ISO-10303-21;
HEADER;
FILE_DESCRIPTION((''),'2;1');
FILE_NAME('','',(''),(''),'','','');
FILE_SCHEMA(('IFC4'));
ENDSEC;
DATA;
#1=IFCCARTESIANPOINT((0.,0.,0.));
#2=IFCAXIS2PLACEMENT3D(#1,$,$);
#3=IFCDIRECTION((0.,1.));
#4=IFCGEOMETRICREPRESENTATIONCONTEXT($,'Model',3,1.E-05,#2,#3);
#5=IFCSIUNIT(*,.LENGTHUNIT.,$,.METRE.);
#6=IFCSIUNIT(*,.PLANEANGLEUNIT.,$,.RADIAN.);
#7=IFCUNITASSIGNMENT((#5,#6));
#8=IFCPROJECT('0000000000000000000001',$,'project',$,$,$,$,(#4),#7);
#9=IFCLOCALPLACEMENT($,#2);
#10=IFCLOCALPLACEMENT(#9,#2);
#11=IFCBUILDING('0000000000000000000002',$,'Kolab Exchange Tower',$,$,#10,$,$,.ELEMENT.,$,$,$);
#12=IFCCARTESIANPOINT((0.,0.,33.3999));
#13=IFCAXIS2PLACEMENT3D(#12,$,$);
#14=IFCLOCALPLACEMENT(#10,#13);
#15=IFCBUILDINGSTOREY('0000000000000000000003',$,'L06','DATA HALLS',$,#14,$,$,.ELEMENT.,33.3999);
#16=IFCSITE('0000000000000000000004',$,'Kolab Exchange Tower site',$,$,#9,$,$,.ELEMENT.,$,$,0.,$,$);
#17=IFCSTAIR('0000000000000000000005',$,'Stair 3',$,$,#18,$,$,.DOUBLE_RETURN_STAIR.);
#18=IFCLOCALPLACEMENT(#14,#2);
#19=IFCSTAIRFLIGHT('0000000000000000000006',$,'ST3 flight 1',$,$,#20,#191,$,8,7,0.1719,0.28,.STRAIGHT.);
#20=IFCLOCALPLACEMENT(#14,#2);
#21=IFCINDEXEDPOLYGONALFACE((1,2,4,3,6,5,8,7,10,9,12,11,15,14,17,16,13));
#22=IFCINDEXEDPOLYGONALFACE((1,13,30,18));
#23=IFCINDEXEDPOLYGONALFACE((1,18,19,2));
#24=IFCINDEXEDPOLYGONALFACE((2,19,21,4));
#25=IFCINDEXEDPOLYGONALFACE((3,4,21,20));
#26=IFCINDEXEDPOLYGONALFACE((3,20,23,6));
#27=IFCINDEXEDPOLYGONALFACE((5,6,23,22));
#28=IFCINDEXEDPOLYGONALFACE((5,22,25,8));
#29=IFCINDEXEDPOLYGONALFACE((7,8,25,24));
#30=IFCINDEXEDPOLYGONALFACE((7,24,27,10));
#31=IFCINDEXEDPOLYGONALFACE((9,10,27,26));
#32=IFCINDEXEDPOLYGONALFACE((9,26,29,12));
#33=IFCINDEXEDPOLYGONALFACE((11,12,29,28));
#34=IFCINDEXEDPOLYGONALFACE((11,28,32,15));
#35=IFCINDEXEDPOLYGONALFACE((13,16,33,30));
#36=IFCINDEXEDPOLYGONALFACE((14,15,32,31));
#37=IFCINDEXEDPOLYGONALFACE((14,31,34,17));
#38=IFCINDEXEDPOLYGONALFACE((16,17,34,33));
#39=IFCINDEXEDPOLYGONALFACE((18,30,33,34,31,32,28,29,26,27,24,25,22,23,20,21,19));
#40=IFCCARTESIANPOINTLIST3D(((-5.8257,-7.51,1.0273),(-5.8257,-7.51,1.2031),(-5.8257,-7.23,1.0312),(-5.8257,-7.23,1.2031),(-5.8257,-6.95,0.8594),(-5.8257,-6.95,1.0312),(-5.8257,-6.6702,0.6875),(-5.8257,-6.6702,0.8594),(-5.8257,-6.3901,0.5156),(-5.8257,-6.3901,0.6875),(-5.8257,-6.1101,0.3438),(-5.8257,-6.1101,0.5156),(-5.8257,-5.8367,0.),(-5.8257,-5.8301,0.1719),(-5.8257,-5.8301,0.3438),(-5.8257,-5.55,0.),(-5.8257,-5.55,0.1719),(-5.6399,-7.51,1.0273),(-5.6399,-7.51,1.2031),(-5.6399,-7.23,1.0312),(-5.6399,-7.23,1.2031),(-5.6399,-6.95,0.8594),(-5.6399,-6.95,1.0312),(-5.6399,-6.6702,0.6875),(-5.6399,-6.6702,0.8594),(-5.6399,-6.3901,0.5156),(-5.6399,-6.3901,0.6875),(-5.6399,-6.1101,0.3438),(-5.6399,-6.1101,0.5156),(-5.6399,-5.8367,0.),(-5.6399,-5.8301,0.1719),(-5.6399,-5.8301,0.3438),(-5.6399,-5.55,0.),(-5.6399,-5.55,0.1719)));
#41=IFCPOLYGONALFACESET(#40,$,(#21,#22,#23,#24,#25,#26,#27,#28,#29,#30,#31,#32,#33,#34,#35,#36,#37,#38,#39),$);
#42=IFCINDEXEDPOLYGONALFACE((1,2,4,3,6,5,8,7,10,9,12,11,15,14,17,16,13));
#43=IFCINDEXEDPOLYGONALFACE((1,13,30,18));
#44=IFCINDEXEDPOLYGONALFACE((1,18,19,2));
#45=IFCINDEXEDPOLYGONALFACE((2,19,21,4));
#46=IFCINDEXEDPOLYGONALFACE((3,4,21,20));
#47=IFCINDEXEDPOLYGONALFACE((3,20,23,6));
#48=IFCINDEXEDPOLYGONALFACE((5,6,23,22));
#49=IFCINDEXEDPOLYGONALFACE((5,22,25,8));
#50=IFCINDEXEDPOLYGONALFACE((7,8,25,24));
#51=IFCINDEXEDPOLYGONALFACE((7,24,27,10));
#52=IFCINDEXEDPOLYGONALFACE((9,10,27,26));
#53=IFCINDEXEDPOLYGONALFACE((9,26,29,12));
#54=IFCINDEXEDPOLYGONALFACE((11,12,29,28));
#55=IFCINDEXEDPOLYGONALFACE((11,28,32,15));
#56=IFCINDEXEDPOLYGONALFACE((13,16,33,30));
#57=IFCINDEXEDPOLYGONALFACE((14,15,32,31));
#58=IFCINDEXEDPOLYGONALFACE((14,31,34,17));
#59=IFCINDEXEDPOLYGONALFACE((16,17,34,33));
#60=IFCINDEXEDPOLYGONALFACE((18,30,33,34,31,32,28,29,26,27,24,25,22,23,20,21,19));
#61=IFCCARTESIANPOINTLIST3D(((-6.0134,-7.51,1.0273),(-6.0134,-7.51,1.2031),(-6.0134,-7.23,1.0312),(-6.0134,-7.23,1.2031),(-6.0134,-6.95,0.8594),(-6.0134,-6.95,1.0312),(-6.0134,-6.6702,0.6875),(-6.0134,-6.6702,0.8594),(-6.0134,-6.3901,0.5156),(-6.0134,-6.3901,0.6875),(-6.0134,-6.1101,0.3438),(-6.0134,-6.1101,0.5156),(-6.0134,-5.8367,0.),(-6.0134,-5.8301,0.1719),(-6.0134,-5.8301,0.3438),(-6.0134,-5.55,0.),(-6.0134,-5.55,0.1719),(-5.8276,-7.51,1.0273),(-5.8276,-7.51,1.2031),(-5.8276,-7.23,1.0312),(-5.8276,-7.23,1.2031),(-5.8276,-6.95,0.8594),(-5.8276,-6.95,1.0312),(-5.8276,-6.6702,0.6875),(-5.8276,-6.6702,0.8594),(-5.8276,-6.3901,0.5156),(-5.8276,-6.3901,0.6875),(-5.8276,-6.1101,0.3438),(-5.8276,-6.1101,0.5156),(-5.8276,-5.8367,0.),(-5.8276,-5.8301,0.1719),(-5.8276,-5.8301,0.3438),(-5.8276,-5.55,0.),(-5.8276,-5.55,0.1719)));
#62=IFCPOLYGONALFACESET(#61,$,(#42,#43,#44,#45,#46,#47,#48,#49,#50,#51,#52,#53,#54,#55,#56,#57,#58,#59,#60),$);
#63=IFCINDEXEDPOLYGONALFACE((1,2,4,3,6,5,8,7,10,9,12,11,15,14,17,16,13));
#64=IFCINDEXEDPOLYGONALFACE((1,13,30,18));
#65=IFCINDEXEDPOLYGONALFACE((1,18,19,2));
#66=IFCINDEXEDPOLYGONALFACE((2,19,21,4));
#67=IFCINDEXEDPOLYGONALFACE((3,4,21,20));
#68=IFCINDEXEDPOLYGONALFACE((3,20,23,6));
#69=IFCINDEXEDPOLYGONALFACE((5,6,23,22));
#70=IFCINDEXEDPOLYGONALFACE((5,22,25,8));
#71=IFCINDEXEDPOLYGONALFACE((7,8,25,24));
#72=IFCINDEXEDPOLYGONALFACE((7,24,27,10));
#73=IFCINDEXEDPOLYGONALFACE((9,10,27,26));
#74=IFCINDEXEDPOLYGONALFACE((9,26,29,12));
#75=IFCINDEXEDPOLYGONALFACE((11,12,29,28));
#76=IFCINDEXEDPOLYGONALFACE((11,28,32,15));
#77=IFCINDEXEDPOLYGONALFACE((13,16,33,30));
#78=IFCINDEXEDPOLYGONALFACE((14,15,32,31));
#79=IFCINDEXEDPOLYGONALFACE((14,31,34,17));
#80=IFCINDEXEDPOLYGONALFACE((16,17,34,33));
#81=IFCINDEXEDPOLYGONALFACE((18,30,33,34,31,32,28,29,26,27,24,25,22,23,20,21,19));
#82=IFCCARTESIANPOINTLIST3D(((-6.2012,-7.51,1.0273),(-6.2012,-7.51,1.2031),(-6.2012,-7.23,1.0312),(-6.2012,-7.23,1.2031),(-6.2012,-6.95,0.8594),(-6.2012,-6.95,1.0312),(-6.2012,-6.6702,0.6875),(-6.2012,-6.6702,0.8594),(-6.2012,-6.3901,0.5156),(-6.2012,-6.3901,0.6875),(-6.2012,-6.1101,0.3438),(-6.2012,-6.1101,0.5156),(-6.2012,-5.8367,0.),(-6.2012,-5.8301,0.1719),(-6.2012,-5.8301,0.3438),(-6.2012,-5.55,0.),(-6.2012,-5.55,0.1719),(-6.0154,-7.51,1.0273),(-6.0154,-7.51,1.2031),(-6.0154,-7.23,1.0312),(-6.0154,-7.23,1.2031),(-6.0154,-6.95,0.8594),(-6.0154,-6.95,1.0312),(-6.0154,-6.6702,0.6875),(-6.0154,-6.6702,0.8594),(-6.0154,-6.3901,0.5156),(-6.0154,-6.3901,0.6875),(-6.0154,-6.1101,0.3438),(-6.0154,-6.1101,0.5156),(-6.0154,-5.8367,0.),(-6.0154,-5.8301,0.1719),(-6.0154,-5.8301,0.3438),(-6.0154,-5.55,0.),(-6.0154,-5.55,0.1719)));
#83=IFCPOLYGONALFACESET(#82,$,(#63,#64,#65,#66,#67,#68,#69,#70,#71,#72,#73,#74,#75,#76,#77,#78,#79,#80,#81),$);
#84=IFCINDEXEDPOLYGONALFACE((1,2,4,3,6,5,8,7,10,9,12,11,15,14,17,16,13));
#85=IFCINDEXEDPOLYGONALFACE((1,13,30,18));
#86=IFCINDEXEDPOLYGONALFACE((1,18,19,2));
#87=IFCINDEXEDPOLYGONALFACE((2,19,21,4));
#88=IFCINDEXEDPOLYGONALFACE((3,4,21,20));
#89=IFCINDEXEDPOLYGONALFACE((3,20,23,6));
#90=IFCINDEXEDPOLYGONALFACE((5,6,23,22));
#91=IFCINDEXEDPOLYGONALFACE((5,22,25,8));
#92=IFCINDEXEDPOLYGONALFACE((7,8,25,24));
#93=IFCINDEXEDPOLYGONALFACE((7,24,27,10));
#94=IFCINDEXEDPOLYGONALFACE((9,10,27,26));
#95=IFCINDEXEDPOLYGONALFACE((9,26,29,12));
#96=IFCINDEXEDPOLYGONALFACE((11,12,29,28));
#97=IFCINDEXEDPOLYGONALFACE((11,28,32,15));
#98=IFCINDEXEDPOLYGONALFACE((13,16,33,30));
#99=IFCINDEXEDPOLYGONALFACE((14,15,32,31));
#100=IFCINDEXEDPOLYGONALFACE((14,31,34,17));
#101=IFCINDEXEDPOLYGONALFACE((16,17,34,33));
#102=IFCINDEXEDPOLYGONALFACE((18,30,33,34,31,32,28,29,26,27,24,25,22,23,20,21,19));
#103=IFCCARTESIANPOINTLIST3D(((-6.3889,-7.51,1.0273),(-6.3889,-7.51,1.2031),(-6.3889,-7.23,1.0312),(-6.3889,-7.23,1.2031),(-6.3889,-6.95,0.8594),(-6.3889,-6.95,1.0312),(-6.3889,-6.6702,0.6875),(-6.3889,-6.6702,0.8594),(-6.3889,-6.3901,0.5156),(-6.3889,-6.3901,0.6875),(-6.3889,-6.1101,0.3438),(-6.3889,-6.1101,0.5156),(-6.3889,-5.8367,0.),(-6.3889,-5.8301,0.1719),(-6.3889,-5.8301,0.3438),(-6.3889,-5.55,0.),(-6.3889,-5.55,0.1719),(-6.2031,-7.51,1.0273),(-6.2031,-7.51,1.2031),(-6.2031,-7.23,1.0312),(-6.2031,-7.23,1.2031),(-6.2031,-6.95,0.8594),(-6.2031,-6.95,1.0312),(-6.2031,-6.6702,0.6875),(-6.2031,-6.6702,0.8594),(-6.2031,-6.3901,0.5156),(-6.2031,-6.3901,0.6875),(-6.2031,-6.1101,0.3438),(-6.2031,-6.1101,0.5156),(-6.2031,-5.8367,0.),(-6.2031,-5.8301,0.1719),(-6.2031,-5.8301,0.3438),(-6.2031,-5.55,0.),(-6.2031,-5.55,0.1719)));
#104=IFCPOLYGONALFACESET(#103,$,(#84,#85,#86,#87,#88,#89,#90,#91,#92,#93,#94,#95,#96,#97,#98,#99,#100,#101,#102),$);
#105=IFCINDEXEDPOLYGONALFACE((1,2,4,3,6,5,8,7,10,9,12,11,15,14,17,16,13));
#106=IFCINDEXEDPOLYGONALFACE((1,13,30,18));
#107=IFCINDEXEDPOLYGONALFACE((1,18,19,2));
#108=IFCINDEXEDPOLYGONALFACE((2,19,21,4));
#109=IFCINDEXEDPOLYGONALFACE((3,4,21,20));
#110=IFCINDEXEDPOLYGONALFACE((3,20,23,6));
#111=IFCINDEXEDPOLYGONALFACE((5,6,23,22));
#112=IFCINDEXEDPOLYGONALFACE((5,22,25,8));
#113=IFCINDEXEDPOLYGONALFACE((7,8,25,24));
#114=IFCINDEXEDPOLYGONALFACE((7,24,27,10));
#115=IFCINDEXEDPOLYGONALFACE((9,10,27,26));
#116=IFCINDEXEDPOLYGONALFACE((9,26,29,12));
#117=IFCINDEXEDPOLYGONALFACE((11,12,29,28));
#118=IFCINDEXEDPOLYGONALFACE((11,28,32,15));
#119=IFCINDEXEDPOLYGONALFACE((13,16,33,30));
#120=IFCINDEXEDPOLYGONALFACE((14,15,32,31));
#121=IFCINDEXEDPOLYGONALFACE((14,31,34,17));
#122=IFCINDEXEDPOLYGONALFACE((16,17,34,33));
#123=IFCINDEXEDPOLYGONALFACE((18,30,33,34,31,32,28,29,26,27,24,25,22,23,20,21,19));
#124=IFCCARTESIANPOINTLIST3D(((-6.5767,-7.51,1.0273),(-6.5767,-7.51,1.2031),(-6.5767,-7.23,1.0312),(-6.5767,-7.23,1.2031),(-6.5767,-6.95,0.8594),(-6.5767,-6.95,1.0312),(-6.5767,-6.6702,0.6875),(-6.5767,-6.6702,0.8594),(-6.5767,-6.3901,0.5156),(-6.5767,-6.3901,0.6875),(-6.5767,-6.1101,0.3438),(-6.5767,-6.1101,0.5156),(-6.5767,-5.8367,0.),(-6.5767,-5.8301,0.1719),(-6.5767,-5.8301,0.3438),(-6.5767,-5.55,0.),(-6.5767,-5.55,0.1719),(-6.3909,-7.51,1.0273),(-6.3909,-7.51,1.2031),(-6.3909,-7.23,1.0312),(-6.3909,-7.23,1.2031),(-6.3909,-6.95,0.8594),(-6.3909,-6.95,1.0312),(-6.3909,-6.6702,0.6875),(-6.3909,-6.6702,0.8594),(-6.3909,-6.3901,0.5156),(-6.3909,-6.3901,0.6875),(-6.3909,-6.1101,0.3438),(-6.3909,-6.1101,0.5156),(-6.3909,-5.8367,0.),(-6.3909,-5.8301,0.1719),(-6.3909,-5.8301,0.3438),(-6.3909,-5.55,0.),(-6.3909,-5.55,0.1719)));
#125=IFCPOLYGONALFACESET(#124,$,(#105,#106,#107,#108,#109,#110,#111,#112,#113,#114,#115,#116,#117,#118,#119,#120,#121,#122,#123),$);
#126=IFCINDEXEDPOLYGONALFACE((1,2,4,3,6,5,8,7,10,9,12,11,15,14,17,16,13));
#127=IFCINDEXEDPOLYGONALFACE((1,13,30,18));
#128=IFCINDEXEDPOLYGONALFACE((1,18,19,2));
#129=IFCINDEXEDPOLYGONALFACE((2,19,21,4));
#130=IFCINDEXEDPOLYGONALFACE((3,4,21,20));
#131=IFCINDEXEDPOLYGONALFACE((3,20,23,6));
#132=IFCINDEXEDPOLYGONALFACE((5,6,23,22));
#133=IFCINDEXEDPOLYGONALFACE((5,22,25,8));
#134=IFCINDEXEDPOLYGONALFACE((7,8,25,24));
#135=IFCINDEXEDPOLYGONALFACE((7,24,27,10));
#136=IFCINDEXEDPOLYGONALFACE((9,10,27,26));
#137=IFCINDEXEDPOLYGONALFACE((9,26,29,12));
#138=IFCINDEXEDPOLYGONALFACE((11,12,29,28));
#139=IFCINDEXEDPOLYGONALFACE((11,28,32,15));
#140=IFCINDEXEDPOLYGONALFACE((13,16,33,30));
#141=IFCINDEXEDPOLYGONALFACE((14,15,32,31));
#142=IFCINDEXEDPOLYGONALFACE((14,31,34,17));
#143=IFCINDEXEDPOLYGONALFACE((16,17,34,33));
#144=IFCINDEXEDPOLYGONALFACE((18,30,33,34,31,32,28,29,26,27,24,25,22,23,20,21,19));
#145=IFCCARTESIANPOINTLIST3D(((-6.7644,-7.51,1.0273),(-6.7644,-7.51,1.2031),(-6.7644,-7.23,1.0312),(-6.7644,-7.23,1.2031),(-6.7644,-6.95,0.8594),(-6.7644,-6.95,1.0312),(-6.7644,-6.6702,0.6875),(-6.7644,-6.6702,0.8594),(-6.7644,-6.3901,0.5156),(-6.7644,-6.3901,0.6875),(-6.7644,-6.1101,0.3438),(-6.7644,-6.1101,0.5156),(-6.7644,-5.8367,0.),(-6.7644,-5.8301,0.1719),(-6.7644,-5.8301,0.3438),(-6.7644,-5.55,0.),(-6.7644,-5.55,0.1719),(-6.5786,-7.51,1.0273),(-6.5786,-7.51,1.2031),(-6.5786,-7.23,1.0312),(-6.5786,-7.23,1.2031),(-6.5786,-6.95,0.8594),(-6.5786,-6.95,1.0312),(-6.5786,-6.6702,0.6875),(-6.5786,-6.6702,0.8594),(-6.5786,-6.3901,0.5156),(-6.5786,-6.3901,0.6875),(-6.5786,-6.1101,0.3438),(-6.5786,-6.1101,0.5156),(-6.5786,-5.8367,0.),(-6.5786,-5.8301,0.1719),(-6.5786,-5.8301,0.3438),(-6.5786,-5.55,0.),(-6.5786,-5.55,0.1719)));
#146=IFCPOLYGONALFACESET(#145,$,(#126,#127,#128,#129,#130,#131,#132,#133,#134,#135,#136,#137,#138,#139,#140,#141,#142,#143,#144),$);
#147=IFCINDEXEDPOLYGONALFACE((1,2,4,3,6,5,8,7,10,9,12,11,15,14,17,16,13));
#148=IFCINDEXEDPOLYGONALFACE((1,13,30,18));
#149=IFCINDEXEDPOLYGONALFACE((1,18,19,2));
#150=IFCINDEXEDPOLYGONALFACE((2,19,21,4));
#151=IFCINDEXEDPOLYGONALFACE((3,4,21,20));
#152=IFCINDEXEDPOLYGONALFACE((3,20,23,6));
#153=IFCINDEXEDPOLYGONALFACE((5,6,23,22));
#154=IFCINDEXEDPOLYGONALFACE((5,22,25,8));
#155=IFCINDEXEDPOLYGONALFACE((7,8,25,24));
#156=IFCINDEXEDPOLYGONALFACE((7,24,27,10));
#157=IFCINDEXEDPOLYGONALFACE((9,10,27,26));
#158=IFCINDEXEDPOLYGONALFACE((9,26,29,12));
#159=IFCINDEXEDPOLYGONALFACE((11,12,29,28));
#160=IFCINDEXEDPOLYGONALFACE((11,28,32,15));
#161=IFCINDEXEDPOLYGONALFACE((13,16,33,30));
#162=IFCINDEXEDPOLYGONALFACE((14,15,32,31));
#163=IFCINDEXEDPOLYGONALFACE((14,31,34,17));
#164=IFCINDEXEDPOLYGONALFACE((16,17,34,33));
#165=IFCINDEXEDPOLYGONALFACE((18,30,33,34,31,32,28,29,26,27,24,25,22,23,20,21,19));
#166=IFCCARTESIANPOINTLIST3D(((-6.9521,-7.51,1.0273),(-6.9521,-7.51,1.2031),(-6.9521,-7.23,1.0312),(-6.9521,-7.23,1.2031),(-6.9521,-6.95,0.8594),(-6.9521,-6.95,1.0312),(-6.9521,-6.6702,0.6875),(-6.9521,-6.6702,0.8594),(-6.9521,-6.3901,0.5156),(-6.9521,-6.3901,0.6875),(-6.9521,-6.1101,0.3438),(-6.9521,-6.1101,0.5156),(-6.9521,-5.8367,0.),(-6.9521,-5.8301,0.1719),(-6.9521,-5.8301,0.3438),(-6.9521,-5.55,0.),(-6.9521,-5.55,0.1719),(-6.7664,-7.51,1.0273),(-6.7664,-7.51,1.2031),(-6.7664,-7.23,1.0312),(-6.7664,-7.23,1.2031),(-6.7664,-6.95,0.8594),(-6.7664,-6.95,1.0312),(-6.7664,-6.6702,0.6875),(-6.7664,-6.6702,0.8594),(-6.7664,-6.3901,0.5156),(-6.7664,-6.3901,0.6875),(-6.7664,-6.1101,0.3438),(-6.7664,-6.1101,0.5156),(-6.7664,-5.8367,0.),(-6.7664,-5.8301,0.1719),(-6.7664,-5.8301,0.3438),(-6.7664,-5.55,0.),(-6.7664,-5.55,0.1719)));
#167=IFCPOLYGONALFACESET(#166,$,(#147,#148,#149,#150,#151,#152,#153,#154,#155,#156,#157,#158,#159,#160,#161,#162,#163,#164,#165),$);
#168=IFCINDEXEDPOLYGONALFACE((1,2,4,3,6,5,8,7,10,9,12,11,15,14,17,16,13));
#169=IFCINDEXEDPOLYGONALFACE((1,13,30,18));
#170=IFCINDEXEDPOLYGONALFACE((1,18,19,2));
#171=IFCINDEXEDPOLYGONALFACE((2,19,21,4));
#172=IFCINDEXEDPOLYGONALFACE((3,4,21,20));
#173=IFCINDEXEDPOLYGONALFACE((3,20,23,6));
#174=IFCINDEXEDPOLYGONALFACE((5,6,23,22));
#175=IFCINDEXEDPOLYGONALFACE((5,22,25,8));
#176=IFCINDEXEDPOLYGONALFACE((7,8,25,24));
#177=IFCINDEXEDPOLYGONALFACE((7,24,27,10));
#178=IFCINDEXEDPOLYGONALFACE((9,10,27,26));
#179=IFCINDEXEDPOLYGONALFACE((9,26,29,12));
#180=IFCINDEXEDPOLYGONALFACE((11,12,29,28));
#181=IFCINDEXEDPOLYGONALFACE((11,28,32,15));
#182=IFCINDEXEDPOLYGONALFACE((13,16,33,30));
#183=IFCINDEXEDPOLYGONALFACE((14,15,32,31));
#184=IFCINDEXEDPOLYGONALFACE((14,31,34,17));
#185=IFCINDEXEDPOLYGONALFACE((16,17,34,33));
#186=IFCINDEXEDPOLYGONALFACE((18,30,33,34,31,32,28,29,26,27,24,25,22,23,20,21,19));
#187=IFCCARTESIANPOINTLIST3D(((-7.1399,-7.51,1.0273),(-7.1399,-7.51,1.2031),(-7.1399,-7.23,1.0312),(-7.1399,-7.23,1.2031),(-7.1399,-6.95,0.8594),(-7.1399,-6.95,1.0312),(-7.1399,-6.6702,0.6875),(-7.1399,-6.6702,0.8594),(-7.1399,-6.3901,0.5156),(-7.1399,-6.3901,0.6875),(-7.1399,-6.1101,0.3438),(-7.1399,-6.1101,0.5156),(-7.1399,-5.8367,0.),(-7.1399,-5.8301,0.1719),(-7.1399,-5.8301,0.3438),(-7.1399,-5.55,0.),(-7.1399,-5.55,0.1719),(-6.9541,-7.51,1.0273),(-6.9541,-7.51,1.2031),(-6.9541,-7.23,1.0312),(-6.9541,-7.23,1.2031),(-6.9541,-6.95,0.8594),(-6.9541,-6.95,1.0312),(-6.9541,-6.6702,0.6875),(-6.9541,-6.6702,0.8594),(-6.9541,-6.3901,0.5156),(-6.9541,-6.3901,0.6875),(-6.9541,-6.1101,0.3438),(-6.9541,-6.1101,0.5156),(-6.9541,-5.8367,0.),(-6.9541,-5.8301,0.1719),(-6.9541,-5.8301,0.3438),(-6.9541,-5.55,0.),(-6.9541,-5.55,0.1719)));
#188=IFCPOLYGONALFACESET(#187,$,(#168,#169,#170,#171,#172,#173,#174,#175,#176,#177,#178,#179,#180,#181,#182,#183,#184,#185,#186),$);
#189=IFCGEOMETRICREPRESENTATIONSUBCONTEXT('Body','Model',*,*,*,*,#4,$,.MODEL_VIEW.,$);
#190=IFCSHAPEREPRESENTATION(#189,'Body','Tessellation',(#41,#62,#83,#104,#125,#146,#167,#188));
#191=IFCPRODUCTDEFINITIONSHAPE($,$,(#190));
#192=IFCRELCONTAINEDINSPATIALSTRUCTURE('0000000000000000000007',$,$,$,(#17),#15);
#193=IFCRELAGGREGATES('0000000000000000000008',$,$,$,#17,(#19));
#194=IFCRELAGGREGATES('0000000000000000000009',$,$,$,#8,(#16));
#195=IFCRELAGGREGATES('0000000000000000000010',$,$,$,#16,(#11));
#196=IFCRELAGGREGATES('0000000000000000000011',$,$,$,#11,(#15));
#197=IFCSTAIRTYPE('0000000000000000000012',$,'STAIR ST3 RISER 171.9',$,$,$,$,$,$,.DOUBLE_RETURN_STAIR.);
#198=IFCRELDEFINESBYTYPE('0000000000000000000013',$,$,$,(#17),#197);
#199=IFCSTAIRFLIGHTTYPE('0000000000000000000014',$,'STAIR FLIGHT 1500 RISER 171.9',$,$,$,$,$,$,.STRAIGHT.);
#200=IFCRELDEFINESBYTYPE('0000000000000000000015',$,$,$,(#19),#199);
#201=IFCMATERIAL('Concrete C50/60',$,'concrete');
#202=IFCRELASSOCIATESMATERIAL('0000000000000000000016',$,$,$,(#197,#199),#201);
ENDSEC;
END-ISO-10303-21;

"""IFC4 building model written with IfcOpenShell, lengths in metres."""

from ifc_helpers import new_model, si_unit, direction, frame, origin, place, context, subcontext, project, spatial, polyline, outline, extrude, material, type_object, element, aggregate, save


model = new_model("IFC4")

# Units and contexts
model_context = context("Model", 3, precision=1e-05, world=origin(), true_north=direction((0.0, 1.0)))
body_context = subcontext(model_context, "Body", "Model", "MODEL_VIEW")
ifc_project = project(units=[si_unit("LENGTHUNIT", "METRE"), si_unit("PLANEANGLEUNIT", "RADIAN")], contexts=[model_context])

# Site, building, storey
site_placement = place(None, origin())
site = spatial("IfcSite", under=ifc_project, at=site_placement, Name="Kolab Exchange Tower site", CompositionType="ELEMENT", RefElevation=0.0)
building_placement = place(site_placement, origin())
building = spatial("IfcBuilding", under=site, at=building_placement, Name="Kolab Exchange Tower", CompositionType="ELEMENT")
storey_placement = place(building_placement, frame((0.0, 0.0, 33.3999)))
storey = spatial("IfcBuildingStorey", under=building, at=storey_placement, Name="L06", Description="DATA HALLS", CompositionType="ELEMENT", Elevation=33.3999)

# Shared definitions
ifc_material_1 = material(Name="Concrete C50/60", Category="concrete")

# Stair, stair flight
stair_type = type_object("IfcStairType", Name="STAIR ST3 RISER 171.9", PredefinedType="DOUBLE_RETURN_STAIR", material=ifc_material_1)
stair_placement = place(storey_placement, origin())
stair = element("IfcStair", 1, at=stair_placement, inside=storey, type_object=stair_type, Name="Stair 3", PredefinedType="DOUBLE_RETURN_STAIR")
stair_flight_type = type_object("IfcStairFlightType", Name="STAIR FLIGHT 1500 RISER 171.9", PredefinedType="STRAIGHT", material=ifc_material_1)
stair_flight_1_placement = place(storey_placement, frame((-6.3899, -5.55, 0.0), z_axis=(0.0, 0.0, 1.0), x_axis=(0.0, -1.0, 0.0)))
stair_flight_1 = element("IfcStairFlight", 2, at=stair_flight_1_placement, type_object=stair_flight_type, Name="ST3 flight 1", NumberOfRisers=8, NumberOfTreads=7, PredefinedType="STRAIGHT", RiserHeight=0.1719, TreadLength=0.28, context=body_context, shape_type="SweptSolid", body=[
    extrude(outline(polyline([(0.0, 0.0), (0.0, 0.1719), (0.28, 0.1719), (0.28, 0.3438), (0.5601, 0.3438), (0.5601, 0.5156), (0.8401, 0.5156), (0.8401, 0.6875), (1.1201, 0.6875), (1.1201, 0.8594), (1.3999, 0.8594), (1.3999, 1.0312), (1.6799, 1.0312), (1.6799, 1.2031), (1.96, 1.2031), (1.96, 1.375), (1.96, 1.0273), (0.2866, 0.0), (0.0, 0.0)])), frame((0.0, 0.75, 0.0), z_axis=(0.0, -1.0, 0.0), x_axis=(1.0, 0.0, 0.0)), (0.0, 0.0, 1.0), 0.1858),
    extrude(outline(polyline([(0.0, 0.0), (0.0, 0.1719), (0.28, 0.1719), (0.28, 0.3438), (0.5601, 0.3438), (0.5601, 0.5156), (0.8401, 0.5156), (0.8401, 0.6875), (1.1201, 0.6875), (1.1201, 0.8594), (1.3999, 0.8594), (1.3999, 1.0312), (1.6799, 1.0312), (1.6799, 1.2031), (1.96, 1.2031), (1.96, 1.375), (1.96, 1.0273), (0.2866, 0.0), (0.0, 0.0)])), frame((0.0, 0.5623, 0.0), z_axis=(0.0, -1.0, 0.0), x_axis=(1.0, 0.0, 0.0)), (0.0, 0.0, 1.0), 0.1858),
    extrude(outline(polyline([(0.0, 0.0), (0.0, 0.1719), (0.28, 0.1719), (0.28, 0.3438), (0.5601, 0.3438), (0.5601, 0.5156), (0.8401, 0.5156), (0.8401, 0.6875), (1.1201, 0.6875), (1.1201, 0.8594), (1.3999, 0.8594), (1.3999, 1.0312), (1.6799, 1.0312), (1.6799, 1.2031), (1.96, 1.2031), (1.96, 1.375), (1.96, 1.0273), (0.2866, 0.0), (0.0, 0.0)])), frame((0.0, 0.3745, 0.0), z_axis=(0.0, -1.0, 0.0), x_axis=(1.0, 0.0, 0.0)), (0.0, 0.0, 1.0), 0.1858),
    extrude(outline(polyline([(0.0, 0.0), (0.0, 0.1719), (0.28, 0.1719), (0.28, 0.3438), (0.5601, 0.3438), (0.5601, 0.5156), (0.8401, 0.5156), (0.8401, 0.6875), (1.1201, 0.6875), (1.1201, 0.8594), (1.3999, 0.8594), (1.3999, 1.0312), (1.6799, 1.0312), (1.6799, 1.2031), (1.96, 1.2031), (1.96, 1.375), (1.96, 1.0273), (0.2866, 0.0), (0.0, 0.0)])), frame((0.0, 0.1868, 0.0), z_axis=(0.0, -1.0, 0.0), x_axis=(1.0, 0.0, 0.0)), (0.0, 0.0, 1.0), 0.1858),
    extrude(outline(polyline([(0.0, 0.0), (0.0, 0.1719), (0.28, 0.1719), (0.28, 0.3438), (0.5601, 0.3438), (0.5601, 0.5156), (0.8401, 0.5156), (0.8401, 0.6875), (1.1201, 0.6875), (1.1201, 0.8594), (1.3999, 0.8594), (1.3999, 1.0312), (1.6799, 1.0312), (1.6799, 1.2031), (1.96, 1.2031), (1.96, 1.375), (1.96, 1.0273), (0.2866, 0.0), (0.0, 0.0)])), frame((0.0, -0.001, 0.0), z_axis=(0.0, -1.0, 0.0), x_axis=(1.0, 0.0, 0.0)), (0.0, 0.0, 1.0), 0.1858),
    extrude(outline(polyline([(0.0, 0.0), (0.0, 0.1719), (0.28, 0.1719), (0.28, 0.3438), (0.5601, 0.3438), (0.5601, 0.5156), (0.8401, 0.5156), (0.8401, 0.6875), (1.1201, 0.6875), (1.1201, 0.8594), (1.3999, 0.8594), (1.3999, 1.0312), (1.6799, 1.0312), (1.6799, 1.2031), (1.96, 1.2031), (1.96, 1.375), (1.96, 1.0273), (0.2866, 0.0), (0.0, 0.0)])), frame((0.0, -0.1887, 0.0), z_axis=(0.0, -1.0, 0.0), x_axis=(1.0, 0.0, 0.0)), (0.0, 0.0, 1.0), 0.1858),
    extrude(outline(polyline([(0.0, 0.0), (0.0, 0.1719), (0.28, 0.1719), (0.28, 0.3438), (0.5601, 0.3438), (0.5601, 0.5156), (0.8401, 0.5156), (0.8401, 0.6875), (1.1201, 0.6875), (1.1201, 0.8594), (1.3999, 0.8594), (1.3999, 1.0312), (1.6799, 1.0312), (1.6799, 1.2031), (1.96, 1.2031), (1.96, 1.375), (1.96, 1.0273), (0.2866, 0.0), (0.0, 0.0)])), frame((0.0, -0.3765, 0.0), z_axis=(0.0, -1.0, 0.0), x_axis=(1.0, 0.0, 0.0)), (0.0, 0.0, 1.0), 0.1858),
    extrude(outline(polyline([(0.0, 0.0), (0.0, 0.1719), (0.28, 0.1719), (0.28, 0.3438), (0.5601, 0.3438), (0.5601, 0.5156), (0.8401, 0.5156), (0.8401, 0.6875), (1.1201, 0.6875), (1.1201, 0.8594), (1.3999, 0.8594), (1.3999, 1.0312), (1.6799, 1.0312), (1.6799, 1.2031), (1.96, 1.2031), (1.96, 1.375), (1.96, 1.0273), (0.2866, 0.0), (0.0, 0.0)])), frame((0.0, -0.5642, 0.0), z_axis=(0.0, -1.0, 0.0), x_axis=(1.0, 0.0, 0.0)), (0.0, 0.0, 1.0), 0.1858),
])
aggregate(stair, [stair_flight_1])

save(model, "model.ifc")
